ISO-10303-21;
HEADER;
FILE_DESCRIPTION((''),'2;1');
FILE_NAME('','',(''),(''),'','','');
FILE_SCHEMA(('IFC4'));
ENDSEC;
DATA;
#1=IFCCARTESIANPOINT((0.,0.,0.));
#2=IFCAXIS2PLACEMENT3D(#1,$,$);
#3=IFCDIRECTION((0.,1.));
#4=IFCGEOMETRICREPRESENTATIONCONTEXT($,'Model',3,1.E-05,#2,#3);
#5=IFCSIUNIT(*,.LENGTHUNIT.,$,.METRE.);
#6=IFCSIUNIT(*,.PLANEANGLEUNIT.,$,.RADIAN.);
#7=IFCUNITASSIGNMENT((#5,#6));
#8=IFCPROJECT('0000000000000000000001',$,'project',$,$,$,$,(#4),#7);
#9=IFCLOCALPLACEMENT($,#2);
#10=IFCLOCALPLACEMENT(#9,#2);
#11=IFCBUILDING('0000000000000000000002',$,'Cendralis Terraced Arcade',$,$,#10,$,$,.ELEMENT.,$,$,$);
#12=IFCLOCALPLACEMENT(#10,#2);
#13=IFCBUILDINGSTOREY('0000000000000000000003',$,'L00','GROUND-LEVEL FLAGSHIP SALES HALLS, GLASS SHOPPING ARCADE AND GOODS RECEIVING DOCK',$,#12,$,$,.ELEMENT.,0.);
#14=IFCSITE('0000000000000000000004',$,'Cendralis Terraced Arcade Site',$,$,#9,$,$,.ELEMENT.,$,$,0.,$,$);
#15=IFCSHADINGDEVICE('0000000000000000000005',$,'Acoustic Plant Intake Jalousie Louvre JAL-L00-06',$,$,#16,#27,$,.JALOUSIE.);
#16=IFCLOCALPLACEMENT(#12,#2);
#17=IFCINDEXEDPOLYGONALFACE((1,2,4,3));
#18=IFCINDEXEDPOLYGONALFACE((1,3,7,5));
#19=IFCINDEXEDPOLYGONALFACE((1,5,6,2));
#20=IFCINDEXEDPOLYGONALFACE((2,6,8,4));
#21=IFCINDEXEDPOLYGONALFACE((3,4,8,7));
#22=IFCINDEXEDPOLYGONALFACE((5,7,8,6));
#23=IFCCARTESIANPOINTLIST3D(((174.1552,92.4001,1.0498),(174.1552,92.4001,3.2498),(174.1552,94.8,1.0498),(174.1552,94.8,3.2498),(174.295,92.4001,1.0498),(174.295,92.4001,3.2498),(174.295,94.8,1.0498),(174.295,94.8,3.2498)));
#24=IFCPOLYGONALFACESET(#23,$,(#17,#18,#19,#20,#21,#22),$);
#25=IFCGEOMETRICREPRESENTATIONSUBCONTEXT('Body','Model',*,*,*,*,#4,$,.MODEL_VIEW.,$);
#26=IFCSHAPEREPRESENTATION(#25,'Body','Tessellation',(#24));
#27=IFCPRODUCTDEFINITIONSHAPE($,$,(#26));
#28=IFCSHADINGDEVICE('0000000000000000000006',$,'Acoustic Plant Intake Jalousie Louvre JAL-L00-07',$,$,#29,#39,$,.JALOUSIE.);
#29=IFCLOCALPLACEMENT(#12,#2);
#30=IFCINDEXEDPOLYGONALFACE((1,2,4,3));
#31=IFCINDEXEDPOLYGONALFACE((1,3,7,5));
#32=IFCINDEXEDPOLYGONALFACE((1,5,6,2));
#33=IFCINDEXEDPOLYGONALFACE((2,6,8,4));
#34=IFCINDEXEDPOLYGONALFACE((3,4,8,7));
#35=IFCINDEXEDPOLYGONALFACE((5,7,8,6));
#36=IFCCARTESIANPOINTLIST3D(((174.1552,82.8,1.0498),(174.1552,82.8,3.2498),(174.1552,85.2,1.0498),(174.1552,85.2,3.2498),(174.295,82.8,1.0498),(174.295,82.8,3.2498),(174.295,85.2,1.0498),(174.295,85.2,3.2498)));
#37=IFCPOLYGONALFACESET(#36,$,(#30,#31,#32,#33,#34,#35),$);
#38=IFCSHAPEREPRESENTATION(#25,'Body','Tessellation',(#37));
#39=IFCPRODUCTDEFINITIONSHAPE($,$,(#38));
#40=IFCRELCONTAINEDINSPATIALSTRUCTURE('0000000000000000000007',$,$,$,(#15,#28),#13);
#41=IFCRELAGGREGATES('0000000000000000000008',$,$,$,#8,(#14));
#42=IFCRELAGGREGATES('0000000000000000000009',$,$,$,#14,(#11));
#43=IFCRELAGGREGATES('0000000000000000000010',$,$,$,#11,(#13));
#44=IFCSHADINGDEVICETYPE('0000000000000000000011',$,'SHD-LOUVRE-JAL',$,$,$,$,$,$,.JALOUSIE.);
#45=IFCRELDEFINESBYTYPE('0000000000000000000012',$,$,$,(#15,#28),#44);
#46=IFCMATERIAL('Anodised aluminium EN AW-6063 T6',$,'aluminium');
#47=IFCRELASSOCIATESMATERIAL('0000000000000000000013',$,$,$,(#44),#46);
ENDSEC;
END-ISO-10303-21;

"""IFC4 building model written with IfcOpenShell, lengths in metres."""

from ifc_helpers import new_model, si_unit, direction, frame, origin, origin_2d, place, context, subcontext, project, spatial, rectangle, extrude, material, type_object, element, save


model = new_model("IFC4")

# Units and contexts
model_context = context("Model", 3, precision=1e-05, world=origin(), true_north=direction((0.0, 1.0)))
body_context = subcontext(model_context, "Body", "Model", "MODEL_VIEW")
ifc_project = project(units=[si_unit("LENGTHUNIT", "METRE"), si_unit("PLANEANGLEUNIT", "RADIAN")], contexts=[model_context])

# Site, building, storey
site_placement = place(None, origin())
site = spatial("IfcSite", under=ifc_project, at=site_placement, Name="Cendralis Terraced Arcade Site", CompositionType="ELEMENT", RefElevation=0.0)
building_placement = place(site_placement, origin())
building = spatial("IfcBuilding", under=site, at=building_placement, Name="Cendralis Terraced Arcade", CompositionType="ELEMENT")
storey_placement = place(building_placement, origin())
storey = spatial("IfcBuildingStorey", under=building, at=storey_placement, Name="L00", Description="GROUND-LEVEL FLAGSHIP SALES HALLS, GLASS SHOPPING ARCADE AND GOODS RECEIVING DOCK", CompositionType="ELEMENT", Elevation=0.0)

# Shading devices
ifc_material_1 = material(Name="Anodised aluminium EN AW-6063 T6", Category="aluminium")
shading_device_type = type_object("IfcShadingDeviceType", Name="SHD-LOUVRE-JAL", PredefinedType="JALOUSIE", material=ifc_material_1)
for number, where, z_axis, x_axis, name in (
    (1, (174.2251, 93.6001, 1.0498), (0.0, 0.0, 1.0), (0.0, -1.0, 0.0), "Acoustic Plant Intake Jalousie Louvre JAL-L00-06"),
    (2, (174.2251, 84.0, 1.0498), (0.0, 0.0, 1.0), (0.0, -1.0, 0.0), "Acoustic Plant Intake Jalousie Louvre JAL-L00-07"),
):
    element("IfcShadingDevice", number, at=place(storey_placement, frame(where, z_axis=z_axis, x_axis=x_axis)), inside=storey, type_object=shading_device_type, Name=name, PredefinedType="JALOUSIE", context=body_context, shape_type="SweptSolid", body=[
        extrude(rectangle(XDim=2.3999, YDim=0.1399, at=origin_2d()), origin(), (0.0, 0.0, 1.0), 2.2),
    ])

save(model, "model.ifc")
